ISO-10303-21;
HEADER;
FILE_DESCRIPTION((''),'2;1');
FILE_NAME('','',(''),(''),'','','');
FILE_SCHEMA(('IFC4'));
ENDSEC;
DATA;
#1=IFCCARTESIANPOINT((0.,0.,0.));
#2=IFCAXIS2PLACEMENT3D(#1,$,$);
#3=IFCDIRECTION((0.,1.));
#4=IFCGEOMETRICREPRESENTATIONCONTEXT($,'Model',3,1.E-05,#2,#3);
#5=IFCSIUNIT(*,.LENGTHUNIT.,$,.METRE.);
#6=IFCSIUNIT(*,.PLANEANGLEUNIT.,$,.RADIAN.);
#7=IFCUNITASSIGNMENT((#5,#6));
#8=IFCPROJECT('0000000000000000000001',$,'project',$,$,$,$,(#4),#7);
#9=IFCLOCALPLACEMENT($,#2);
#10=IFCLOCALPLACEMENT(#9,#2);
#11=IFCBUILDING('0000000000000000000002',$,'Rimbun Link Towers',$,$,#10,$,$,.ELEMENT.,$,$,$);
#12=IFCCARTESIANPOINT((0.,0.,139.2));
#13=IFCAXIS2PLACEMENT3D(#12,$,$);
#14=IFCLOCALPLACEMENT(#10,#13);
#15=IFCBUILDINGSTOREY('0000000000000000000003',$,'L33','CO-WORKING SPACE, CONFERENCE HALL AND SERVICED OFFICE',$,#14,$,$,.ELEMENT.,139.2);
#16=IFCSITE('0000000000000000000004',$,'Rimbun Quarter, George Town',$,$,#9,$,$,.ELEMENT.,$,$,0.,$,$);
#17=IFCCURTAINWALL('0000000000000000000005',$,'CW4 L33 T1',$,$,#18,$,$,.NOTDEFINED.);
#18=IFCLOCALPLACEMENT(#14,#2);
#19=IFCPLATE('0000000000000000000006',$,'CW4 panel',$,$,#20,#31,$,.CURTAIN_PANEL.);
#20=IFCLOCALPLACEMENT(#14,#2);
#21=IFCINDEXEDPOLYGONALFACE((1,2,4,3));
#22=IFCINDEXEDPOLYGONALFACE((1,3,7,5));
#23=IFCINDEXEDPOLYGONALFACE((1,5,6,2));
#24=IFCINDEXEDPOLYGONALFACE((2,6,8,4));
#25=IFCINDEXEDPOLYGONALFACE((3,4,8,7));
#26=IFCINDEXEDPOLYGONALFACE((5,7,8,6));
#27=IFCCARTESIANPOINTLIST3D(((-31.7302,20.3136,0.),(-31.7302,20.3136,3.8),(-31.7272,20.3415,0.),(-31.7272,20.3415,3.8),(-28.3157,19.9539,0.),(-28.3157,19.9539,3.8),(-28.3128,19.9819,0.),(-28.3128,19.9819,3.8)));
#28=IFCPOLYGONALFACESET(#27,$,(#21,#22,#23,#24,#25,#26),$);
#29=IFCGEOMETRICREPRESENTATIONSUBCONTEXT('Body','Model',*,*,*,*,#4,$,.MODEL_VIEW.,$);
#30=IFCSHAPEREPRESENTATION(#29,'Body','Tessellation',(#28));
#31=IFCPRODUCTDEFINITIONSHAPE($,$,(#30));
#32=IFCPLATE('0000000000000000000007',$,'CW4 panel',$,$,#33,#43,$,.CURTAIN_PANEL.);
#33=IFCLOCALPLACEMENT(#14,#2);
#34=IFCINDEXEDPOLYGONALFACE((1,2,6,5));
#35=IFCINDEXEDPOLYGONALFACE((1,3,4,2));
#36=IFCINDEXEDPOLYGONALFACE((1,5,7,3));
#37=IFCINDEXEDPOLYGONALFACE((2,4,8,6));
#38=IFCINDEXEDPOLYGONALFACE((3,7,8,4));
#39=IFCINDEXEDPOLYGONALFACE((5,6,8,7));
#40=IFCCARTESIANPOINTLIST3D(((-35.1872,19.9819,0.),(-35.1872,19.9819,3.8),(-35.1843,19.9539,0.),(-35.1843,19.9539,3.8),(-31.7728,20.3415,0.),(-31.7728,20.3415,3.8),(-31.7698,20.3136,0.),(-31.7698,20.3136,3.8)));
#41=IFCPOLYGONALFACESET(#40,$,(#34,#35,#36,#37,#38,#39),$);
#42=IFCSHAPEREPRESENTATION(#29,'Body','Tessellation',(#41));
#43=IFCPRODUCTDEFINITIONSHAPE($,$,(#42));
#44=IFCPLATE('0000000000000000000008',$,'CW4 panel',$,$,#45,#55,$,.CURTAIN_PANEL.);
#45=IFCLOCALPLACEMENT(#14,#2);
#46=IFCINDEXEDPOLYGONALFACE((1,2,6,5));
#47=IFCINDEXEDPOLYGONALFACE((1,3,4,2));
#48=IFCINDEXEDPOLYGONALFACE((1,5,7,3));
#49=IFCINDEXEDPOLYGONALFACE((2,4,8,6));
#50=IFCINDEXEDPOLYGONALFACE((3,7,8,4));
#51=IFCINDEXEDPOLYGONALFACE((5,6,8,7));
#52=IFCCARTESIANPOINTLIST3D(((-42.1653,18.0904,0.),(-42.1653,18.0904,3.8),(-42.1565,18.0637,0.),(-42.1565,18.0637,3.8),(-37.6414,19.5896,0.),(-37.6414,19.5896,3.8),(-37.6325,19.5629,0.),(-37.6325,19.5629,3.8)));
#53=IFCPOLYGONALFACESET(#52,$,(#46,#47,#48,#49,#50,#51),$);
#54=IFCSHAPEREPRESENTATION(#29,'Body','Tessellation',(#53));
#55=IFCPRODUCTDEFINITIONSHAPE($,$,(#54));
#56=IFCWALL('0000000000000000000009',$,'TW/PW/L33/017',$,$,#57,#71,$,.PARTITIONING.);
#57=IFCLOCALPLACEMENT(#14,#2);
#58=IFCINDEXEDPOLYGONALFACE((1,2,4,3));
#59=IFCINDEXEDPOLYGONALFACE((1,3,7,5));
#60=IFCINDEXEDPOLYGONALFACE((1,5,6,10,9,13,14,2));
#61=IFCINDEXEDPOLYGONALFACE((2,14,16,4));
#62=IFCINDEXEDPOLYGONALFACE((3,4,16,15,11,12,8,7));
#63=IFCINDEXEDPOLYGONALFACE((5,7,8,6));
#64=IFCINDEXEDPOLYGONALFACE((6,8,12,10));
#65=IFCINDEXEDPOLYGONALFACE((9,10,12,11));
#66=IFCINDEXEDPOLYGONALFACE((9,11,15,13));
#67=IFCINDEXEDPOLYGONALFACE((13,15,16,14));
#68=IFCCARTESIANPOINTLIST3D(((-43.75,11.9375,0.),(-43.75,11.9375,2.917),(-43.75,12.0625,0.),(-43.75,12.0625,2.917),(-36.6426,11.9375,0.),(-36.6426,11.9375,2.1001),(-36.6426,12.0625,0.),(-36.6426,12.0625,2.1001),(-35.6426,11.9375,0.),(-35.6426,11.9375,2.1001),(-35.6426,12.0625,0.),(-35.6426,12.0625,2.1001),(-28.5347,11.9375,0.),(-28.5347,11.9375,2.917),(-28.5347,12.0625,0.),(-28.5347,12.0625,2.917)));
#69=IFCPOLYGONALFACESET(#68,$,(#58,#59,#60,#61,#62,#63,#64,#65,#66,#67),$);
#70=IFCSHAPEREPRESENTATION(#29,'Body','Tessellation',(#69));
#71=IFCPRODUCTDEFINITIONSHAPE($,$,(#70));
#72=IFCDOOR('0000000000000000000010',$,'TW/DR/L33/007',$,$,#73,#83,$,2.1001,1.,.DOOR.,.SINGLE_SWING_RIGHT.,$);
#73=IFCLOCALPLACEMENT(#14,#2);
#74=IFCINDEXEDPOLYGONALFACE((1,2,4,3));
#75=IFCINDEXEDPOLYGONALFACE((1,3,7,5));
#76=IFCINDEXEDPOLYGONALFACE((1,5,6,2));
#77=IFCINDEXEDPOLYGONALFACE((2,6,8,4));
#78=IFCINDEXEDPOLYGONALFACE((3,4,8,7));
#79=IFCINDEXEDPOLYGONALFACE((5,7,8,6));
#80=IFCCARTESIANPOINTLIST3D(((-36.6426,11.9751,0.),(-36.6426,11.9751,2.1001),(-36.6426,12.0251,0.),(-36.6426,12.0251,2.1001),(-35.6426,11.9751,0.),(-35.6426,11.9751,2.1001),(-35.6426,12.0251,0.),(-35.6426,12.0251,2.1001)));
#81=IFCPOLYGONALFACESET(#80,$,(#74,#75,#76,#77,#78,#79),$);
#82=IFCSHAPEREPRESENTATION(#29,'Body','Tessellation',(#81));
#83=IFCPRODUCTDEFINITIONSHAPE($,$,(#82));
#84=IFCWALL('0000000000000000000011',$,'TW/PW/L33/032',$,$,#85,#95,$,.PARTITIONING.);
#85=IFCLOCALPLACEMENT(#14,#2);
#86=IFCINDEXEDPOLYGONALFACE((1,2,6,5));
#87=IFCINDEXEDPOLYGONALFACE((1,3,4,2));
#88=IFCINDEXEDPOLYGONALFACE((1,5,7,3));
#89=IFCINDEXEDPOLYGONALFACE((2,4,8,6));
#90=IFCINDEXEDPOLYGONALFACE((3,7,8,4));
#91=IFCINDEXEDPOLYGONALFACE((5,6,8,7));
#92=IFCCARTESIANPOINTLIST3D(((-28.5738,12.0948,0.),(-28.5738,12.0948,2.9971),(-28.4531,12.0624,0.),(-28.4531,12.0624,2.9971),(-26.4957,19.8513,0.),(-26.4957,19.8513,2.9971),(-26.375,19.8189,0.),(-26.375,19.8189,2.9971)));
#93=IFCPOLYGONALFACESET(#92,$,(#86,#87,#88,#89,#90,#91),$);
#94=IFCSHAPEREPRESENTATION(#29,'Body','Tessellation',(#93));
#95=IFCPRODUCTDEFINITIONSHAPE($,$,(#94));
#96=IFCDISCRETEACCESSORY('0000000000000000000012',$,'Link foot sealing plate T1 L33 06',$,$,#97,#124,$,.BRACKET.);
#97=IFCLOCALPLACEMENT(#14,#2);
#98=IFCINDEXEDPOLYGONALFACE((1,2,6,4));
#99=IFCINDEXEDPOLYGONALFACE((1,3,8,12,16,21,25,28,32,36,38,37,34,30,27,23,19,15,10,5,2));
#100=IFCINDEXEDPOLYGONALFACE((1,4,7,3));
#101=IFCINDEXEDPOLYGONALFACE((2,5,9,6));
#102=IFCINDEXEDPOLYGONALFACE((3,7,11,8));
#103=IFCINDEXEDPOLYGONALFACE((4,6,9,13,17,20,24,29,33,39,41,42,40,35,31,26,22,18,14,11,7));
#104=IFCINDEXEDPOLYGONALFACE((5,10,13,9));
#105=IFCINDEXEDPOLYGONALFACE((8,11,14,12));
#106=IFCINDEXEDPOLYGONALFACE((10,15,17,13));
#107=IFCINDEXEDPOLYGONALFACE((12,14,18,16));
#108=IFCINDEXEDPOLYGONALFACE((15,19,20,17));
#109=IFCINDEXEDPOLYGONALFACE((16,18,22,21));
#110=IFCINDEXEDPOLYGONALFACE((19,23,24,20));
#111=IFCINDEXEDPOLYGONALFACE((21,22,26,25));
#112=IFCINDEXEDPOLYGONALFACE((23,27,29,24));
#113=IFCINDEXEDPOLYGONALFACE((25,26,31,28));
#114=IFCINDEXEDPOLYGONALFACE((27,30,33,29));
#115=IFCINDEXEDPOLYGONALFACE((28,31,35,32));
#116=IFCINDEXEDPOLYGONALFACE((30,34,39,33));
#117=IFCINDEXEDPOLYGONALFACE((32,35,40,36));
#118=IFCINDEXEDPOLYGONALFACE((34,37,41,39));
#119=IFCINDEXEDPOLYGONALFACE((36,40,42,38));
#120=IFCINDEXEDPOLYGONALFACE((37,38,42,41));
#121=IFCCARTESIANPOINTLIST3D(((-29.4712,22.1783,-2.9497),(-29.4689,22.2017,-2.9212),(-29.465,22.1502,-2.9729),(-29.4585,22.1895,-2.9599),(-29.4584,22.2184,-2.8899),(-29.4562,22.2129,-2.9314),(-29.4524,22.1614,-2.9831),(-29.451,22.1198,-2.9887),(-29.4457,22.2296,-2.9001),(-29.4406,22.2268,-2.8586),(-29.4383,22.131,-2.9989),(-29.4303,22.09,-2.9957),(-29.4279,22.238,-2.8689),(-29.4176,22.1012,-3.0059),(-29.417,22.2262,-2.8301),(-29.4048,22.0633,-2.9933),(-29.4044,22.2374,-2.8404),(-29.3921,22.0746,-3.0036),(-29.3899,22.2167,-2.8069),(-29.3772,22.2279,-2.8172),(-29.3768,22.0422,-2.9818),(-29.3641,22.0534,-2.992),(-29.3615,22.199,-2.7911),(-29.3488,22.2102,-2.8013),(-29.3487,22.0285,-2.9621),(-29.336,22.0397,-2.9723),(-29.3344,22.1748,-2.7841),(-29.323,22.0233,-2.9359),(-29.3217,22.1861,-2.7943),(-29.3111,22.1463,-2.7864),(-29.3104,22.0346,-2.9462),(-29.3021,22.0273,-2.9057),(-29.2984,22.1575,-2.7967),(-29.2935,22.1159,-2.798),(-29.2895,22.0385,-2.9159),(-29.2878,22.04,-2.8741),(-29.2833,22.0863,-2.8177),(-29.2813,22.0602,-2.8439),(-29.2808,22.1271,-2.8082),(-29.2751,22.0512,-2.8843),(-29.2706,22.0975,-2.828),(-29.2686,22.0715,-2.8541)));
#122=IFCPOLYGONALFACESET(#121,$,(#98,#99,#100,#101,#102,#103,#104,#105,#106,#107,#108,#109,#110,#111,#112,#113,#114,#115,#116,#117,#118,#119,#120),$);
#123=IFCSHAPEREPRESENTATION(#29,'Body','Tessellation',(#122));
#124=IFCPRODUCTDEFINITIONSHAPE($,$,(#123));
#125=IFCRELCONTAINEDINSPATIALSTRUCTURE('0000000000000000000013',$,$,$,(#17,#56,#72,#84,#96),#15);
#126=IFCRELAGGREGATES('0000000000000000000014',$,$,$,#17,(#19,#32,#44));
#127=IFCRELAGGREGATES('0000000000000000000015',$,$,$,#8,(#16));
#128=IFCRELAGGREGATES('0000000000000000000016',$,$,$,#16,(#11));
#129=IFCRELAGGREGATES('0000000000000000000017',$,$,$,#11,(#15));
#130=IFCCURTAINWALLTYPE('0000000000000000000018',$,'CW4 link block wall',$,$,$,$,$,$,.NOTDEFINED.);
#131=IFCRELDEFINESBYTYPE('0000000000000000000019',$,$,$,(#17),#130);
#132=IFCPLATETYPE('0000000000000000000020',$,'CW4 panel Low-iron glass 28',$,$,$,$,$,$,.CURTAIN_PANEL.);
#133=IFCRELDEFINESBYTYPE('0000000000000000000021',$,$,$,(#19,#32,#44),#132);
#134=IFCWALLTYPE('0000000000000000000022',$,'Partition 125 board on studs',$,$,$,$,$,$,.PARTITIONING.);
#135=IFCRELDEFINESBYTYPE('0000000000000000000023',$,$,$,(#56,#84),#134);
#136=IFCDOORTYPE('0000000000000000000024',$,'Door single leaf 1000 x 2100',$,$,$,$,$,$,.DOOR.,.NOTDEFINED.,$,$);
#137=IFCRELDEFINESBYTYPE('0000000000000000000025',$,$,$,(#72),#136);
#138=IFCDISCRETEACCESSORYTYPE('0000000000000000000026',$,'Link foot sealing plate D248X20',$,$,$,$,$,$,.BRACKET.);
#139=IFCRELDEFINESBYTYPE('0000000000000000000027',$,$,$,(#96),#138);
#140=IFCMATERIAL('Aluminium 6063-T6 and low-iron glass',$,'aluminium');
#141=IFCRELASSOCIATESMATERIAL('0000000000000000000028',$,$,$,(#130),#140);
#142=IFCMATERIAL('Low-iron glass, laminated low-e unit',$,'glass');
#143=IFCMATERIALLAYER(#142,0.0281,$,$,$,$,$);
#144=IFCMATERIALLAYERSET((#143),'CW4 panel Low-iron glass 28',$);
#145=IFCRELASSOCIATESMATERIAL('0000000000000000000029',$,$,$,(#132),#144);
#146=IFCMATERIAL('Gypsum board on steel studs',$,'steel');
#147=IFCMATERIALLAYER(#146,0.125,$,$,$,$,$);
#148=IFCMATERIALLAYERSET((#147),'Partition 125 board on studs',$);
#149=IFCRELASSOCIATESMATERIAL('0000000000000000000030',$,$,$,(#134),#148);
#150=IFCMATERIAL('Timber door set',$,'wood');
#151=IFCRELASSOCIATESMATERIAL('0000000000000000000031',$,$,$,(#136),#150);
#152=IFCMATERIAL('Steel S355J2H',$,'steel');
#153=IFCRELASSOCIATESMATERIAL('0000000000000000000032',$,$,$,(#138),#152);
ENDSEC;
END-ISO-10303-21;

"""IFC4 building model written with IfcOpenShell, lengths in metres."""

from ifc_helpers import new_model, si_unit, direction, frame, frame_2d, origin, origin_2d, place, context, subcontext, project, spatial, rectangle, circle, extrude, material, layer, layer_set, material_profile, profile_set, type_object, element, fill, aggregate, save


model = new_model("IFC4")

# Units and contexts
model_context = context("Model", 3, precision=1e-05, world=origin(), true_north=direction((0.0, 1.0)))
body_context = subcontext(model_context, "Body", "Model", "MODEL_VIEW")
ifc_project = project(units=[si_unit("LENGTHUNIT", "METRE"), si_unit("PLANEANGLEUNIT", "RADIAN")], contexts=[model_context])

# Site, building, storey
site_placement = place(None, origin())
site = spatial("IfcSite", under=ifc_project, at=site_placement, Name="Rimbun Quarter, George Town", CompositionType="ELEMENT", RefElevation=0.0)
building_placement = place(site_placement, origin())
building = spatial("IfcBuilding", under=site, at=building_placement, Name="Rimbun Link Towers", CompositionType="ELEMENT")
storey_placement = place(building_placement, frame((0.0, 0.0, 139.2)))
storey = spatial("IfcBuildingStorey", under=building, at=storey_placement, Name="L33", Description="CO-WORKING SPACE, CONFERENCE HALL AND SERVICED OFFICE", CompositionType="ELEMENT", Elevation=139.2)

# Curtain wall
ifc_material_1 = material(Name="Aluminium 6063-T6 and low-iron glass", Category="aluminium")
curtain_wall_type = type_object("IfcCurtainWallType", Name="CW4 link block wall", PredefinedType="NOTDEFINED", material=ifc_material_1)
curtain_wall_placement = place(storey_placement, origin())
curtain_wall = element("IfcCurtainWall", 1, at=curtain_wall_placement, inside=storey, type_object=curtain_wall_type, Name="CW4 L33 T1", PredefinedType="NOTDEFINED")

# Plates
ifc_material_2 = material(Name="Low-iron glass, laminated low-e unit", Category="glass")
ifc_layer_1 = layer(ifc_material_2, 0.0281)
ifc_layer_set_1 = layer_set([ifc_layer_1], Name="CW4 panel Low-iron glass 28")
plate_type = type_object("IfcPlateType", Name="CW4 panel Low-iron glass 28", PredefinedType="CURTAIN_PANEL", material=ifc_layer_set_1)
plate_1_placement = place(storey_placement, frame((-30.0215, 20.1477, 0.0), z_axis=(0.0, 0.0, 1.0), x_axis=(0.994499, -0.104745, 0.0)))
plate_1 = element("IfcPlate", 2, at=plate_1_placement, type_object=plate_type, Name="CW4 panel", PredefinedType="CURTAIN_PANEL", context=body_context, shape_type="SweptSolid", body=[
    extrude(rectangle(XDim=3.4333, YDim=0.0281, at=origin_2d()), origin(), (0.0, 0.0, 1.0), 3.8),
])
plate_2_placement = place(storey_placement, frame((-33.4785, 20.1477, 0.0), z_axis=(0.0, 0.0, 1.0), x_axis=(0.994499, 0.104745, 0.0)))
plate_2 = element("IfcPlate", 3, at=plate_2_placement, type_object=plate_type, Name="CW4 panel", PredefinedType="CURTAIN_PANEL", context=body_context, shape_type="SweptSolid", body=[
    extrude(rectangle(XDim=3.4333, YDim=0.0281, at=origin_2d()), origin(), (0.0, 0.0, 1.0), 3.8),
])
plate_3_placement = place(storey_placement, frame((-39.8989, 18.8267, 0.0), z_axis=(0.0, 0.0, 1.0), x_axis=(0.949235, 0.314568, 0.0)))
plate_3 = element("IfcPlate", 4, at=plate_3_placement, type_object=plate_type, Name="CW4 panel", PredefinedType="CURTAIN_PANEL", context=body_context, shape_type="SweptSolid", body=[
    extrude(rectangle(XDim=4.7659, YDim=0.0281, at=origin_2d()), origin(), (0.0, 0.0, 1.0), 3.8),
])
aggregate(curtain_wall, [plate_1, plate_2, plate_3])

# Wall, opening, door
ifc_material_3 = material(Name="Gypsum board on steel studs", Category="steel")
ifc_layer_2 = layer(ifc_material_3, 0.125)
ifc_layer_set_2 = layer_set([ifc_layer_2], Name="Partition 125 board on studs")
wall_type = type_object("IfcWallType", Name="Partition 125 board on studs", PredefinedType="PARTITIONING", material=ifc_layer_set_2)
wall_1_placement = place(storey_placement, frame((-28.5347, 12.0, 0.0), z_axis=(0.0, 0.0, 1.0), x_axis=(-1.0, 0.0, 0.0)))
wall_1 = element("IfcWall", 5, at=wall_1_placement, inside=storey, type_object=wall_type, Name="TW/PW/L33/017", PredefinedType="PARTITIONING", context=body_context, shape_type="SweptSolid", body=[
    extrude(rectangle(XDim=15.2153, YDim=0.125, at=frame_2d((7.6077, 0.0))), origin(), (0.0, 0.0, 1.0), 2.917),
])
opening_placement = place(wall_1_placement, frame((7.1079, 0.0, 0.0)))
opening = element("IfcOpeningElement", 6, at=opening_placement, cuts=wall_1, PredefinedType="OPENING", context=body_context, shape_type="SweptSolid", body=[
    extrude(rectangle(XDim=1.0, YDim=2.1001, at=frame_2d((0.5, 1.05))), frame((0.0, 0.0725, 0.0), z_axis=(0.0, -1.0, 0.0), x_axis=(1.0, 0.0, 0.0)), (0.0, 0.0, 1.0), 0.145),
])
ifc_material_4 = material(Name="Timber door set", Category="wood")
door_type = type_object("IfcDoorType", Name="Door single leaf 1000 x 2100", OperationType="NOTDEFINED", PredefinedType="DOOR", material=ifc_material_4)
door_placement = place(opening_placement, origin())
door = element("IfcDoor", 7, at=door_placement, inside=storey, type_object=door_type, Name="TW/DR/L33/007", OperationType="SINGLE_SWING_RIGHT", OverallHeight=2.1001, OverallWidth=1.0, PredefinedType="DOOR", context=body_context, shape_type="SweptSolid", body=[
    extrude(rectangle(XDim=1.0, YDim=2.1001, at=frame_2d((0.5, 1.05))), frame((0.0, 0.0249, 0.0), z_axis=(0.0, -1.0, 0.0), x_axis=(1.0, 0.0, 0.0)), (0.0, 0.0, 1.0), 0.05),
])
fill(opening, door)

# Wall
wall_2_placement = place(storey_placement, frame((-26.4353, 19.8352, 0.0), z_axis=(0.0, 0.0, 1.0), x_axis=(-0.25879, -0.965934, 0.0)))
element("IfcWall", 8, at=wall_2_placement, inside=storey, type_object=wall_type, Name="TW/PW/L33/032", PredefinedType="PARTITIONING", context=body_context, shape_type="SweptSolid", body=[
    extrude(rectangle(XDim=8.03, YDim=0.125, at=frame_2d((4.0151, 0.0))), origin(), (0.0, 0.0, 1.0), 2.9971),
])

# Discrete accessory
ifc_material_5 = material(Name="Steel S355J2H", Category="steel")
ifc_material_profile_1 = material_profile(ifc_material_5, circle(Radius=0.124, at=origin_2d()), Name="PL D248")
ifc_profile_set_1 = profile_set([ifc_material_profile_1], Name="Steel S355J2H")
discrete_accessory_type = type_object("IfcDiscreteAccessoryType", Name="Link foot sealing plate D248X20", PredefinedType="BRACKET", material=ifc_profile_set_1)
discrete_accessory_placement = place(storey_placement, frame((-29.3762, 22.1255, -2.8899), z_axis=(0.640853, 0.566908, -0.517612), x_axis=(-0.662574, 0.748997, 0.0)))
element("IfcDiscreteAccessory", 9, at=discrete_accessory_placement, inside=storey, type_object=discrete_accessory_type, Name="Link foot sealing plate T1 L33 06", PredefinedType="BRACKET", context=body_context, shape_type="SweptSolid", body=[
    extrude(circle(Radius=0.124, at=origin_2d()), origin(), (0.0, 0.0, 1.0), 0.0198),
])

save(model, "model.ifc")
